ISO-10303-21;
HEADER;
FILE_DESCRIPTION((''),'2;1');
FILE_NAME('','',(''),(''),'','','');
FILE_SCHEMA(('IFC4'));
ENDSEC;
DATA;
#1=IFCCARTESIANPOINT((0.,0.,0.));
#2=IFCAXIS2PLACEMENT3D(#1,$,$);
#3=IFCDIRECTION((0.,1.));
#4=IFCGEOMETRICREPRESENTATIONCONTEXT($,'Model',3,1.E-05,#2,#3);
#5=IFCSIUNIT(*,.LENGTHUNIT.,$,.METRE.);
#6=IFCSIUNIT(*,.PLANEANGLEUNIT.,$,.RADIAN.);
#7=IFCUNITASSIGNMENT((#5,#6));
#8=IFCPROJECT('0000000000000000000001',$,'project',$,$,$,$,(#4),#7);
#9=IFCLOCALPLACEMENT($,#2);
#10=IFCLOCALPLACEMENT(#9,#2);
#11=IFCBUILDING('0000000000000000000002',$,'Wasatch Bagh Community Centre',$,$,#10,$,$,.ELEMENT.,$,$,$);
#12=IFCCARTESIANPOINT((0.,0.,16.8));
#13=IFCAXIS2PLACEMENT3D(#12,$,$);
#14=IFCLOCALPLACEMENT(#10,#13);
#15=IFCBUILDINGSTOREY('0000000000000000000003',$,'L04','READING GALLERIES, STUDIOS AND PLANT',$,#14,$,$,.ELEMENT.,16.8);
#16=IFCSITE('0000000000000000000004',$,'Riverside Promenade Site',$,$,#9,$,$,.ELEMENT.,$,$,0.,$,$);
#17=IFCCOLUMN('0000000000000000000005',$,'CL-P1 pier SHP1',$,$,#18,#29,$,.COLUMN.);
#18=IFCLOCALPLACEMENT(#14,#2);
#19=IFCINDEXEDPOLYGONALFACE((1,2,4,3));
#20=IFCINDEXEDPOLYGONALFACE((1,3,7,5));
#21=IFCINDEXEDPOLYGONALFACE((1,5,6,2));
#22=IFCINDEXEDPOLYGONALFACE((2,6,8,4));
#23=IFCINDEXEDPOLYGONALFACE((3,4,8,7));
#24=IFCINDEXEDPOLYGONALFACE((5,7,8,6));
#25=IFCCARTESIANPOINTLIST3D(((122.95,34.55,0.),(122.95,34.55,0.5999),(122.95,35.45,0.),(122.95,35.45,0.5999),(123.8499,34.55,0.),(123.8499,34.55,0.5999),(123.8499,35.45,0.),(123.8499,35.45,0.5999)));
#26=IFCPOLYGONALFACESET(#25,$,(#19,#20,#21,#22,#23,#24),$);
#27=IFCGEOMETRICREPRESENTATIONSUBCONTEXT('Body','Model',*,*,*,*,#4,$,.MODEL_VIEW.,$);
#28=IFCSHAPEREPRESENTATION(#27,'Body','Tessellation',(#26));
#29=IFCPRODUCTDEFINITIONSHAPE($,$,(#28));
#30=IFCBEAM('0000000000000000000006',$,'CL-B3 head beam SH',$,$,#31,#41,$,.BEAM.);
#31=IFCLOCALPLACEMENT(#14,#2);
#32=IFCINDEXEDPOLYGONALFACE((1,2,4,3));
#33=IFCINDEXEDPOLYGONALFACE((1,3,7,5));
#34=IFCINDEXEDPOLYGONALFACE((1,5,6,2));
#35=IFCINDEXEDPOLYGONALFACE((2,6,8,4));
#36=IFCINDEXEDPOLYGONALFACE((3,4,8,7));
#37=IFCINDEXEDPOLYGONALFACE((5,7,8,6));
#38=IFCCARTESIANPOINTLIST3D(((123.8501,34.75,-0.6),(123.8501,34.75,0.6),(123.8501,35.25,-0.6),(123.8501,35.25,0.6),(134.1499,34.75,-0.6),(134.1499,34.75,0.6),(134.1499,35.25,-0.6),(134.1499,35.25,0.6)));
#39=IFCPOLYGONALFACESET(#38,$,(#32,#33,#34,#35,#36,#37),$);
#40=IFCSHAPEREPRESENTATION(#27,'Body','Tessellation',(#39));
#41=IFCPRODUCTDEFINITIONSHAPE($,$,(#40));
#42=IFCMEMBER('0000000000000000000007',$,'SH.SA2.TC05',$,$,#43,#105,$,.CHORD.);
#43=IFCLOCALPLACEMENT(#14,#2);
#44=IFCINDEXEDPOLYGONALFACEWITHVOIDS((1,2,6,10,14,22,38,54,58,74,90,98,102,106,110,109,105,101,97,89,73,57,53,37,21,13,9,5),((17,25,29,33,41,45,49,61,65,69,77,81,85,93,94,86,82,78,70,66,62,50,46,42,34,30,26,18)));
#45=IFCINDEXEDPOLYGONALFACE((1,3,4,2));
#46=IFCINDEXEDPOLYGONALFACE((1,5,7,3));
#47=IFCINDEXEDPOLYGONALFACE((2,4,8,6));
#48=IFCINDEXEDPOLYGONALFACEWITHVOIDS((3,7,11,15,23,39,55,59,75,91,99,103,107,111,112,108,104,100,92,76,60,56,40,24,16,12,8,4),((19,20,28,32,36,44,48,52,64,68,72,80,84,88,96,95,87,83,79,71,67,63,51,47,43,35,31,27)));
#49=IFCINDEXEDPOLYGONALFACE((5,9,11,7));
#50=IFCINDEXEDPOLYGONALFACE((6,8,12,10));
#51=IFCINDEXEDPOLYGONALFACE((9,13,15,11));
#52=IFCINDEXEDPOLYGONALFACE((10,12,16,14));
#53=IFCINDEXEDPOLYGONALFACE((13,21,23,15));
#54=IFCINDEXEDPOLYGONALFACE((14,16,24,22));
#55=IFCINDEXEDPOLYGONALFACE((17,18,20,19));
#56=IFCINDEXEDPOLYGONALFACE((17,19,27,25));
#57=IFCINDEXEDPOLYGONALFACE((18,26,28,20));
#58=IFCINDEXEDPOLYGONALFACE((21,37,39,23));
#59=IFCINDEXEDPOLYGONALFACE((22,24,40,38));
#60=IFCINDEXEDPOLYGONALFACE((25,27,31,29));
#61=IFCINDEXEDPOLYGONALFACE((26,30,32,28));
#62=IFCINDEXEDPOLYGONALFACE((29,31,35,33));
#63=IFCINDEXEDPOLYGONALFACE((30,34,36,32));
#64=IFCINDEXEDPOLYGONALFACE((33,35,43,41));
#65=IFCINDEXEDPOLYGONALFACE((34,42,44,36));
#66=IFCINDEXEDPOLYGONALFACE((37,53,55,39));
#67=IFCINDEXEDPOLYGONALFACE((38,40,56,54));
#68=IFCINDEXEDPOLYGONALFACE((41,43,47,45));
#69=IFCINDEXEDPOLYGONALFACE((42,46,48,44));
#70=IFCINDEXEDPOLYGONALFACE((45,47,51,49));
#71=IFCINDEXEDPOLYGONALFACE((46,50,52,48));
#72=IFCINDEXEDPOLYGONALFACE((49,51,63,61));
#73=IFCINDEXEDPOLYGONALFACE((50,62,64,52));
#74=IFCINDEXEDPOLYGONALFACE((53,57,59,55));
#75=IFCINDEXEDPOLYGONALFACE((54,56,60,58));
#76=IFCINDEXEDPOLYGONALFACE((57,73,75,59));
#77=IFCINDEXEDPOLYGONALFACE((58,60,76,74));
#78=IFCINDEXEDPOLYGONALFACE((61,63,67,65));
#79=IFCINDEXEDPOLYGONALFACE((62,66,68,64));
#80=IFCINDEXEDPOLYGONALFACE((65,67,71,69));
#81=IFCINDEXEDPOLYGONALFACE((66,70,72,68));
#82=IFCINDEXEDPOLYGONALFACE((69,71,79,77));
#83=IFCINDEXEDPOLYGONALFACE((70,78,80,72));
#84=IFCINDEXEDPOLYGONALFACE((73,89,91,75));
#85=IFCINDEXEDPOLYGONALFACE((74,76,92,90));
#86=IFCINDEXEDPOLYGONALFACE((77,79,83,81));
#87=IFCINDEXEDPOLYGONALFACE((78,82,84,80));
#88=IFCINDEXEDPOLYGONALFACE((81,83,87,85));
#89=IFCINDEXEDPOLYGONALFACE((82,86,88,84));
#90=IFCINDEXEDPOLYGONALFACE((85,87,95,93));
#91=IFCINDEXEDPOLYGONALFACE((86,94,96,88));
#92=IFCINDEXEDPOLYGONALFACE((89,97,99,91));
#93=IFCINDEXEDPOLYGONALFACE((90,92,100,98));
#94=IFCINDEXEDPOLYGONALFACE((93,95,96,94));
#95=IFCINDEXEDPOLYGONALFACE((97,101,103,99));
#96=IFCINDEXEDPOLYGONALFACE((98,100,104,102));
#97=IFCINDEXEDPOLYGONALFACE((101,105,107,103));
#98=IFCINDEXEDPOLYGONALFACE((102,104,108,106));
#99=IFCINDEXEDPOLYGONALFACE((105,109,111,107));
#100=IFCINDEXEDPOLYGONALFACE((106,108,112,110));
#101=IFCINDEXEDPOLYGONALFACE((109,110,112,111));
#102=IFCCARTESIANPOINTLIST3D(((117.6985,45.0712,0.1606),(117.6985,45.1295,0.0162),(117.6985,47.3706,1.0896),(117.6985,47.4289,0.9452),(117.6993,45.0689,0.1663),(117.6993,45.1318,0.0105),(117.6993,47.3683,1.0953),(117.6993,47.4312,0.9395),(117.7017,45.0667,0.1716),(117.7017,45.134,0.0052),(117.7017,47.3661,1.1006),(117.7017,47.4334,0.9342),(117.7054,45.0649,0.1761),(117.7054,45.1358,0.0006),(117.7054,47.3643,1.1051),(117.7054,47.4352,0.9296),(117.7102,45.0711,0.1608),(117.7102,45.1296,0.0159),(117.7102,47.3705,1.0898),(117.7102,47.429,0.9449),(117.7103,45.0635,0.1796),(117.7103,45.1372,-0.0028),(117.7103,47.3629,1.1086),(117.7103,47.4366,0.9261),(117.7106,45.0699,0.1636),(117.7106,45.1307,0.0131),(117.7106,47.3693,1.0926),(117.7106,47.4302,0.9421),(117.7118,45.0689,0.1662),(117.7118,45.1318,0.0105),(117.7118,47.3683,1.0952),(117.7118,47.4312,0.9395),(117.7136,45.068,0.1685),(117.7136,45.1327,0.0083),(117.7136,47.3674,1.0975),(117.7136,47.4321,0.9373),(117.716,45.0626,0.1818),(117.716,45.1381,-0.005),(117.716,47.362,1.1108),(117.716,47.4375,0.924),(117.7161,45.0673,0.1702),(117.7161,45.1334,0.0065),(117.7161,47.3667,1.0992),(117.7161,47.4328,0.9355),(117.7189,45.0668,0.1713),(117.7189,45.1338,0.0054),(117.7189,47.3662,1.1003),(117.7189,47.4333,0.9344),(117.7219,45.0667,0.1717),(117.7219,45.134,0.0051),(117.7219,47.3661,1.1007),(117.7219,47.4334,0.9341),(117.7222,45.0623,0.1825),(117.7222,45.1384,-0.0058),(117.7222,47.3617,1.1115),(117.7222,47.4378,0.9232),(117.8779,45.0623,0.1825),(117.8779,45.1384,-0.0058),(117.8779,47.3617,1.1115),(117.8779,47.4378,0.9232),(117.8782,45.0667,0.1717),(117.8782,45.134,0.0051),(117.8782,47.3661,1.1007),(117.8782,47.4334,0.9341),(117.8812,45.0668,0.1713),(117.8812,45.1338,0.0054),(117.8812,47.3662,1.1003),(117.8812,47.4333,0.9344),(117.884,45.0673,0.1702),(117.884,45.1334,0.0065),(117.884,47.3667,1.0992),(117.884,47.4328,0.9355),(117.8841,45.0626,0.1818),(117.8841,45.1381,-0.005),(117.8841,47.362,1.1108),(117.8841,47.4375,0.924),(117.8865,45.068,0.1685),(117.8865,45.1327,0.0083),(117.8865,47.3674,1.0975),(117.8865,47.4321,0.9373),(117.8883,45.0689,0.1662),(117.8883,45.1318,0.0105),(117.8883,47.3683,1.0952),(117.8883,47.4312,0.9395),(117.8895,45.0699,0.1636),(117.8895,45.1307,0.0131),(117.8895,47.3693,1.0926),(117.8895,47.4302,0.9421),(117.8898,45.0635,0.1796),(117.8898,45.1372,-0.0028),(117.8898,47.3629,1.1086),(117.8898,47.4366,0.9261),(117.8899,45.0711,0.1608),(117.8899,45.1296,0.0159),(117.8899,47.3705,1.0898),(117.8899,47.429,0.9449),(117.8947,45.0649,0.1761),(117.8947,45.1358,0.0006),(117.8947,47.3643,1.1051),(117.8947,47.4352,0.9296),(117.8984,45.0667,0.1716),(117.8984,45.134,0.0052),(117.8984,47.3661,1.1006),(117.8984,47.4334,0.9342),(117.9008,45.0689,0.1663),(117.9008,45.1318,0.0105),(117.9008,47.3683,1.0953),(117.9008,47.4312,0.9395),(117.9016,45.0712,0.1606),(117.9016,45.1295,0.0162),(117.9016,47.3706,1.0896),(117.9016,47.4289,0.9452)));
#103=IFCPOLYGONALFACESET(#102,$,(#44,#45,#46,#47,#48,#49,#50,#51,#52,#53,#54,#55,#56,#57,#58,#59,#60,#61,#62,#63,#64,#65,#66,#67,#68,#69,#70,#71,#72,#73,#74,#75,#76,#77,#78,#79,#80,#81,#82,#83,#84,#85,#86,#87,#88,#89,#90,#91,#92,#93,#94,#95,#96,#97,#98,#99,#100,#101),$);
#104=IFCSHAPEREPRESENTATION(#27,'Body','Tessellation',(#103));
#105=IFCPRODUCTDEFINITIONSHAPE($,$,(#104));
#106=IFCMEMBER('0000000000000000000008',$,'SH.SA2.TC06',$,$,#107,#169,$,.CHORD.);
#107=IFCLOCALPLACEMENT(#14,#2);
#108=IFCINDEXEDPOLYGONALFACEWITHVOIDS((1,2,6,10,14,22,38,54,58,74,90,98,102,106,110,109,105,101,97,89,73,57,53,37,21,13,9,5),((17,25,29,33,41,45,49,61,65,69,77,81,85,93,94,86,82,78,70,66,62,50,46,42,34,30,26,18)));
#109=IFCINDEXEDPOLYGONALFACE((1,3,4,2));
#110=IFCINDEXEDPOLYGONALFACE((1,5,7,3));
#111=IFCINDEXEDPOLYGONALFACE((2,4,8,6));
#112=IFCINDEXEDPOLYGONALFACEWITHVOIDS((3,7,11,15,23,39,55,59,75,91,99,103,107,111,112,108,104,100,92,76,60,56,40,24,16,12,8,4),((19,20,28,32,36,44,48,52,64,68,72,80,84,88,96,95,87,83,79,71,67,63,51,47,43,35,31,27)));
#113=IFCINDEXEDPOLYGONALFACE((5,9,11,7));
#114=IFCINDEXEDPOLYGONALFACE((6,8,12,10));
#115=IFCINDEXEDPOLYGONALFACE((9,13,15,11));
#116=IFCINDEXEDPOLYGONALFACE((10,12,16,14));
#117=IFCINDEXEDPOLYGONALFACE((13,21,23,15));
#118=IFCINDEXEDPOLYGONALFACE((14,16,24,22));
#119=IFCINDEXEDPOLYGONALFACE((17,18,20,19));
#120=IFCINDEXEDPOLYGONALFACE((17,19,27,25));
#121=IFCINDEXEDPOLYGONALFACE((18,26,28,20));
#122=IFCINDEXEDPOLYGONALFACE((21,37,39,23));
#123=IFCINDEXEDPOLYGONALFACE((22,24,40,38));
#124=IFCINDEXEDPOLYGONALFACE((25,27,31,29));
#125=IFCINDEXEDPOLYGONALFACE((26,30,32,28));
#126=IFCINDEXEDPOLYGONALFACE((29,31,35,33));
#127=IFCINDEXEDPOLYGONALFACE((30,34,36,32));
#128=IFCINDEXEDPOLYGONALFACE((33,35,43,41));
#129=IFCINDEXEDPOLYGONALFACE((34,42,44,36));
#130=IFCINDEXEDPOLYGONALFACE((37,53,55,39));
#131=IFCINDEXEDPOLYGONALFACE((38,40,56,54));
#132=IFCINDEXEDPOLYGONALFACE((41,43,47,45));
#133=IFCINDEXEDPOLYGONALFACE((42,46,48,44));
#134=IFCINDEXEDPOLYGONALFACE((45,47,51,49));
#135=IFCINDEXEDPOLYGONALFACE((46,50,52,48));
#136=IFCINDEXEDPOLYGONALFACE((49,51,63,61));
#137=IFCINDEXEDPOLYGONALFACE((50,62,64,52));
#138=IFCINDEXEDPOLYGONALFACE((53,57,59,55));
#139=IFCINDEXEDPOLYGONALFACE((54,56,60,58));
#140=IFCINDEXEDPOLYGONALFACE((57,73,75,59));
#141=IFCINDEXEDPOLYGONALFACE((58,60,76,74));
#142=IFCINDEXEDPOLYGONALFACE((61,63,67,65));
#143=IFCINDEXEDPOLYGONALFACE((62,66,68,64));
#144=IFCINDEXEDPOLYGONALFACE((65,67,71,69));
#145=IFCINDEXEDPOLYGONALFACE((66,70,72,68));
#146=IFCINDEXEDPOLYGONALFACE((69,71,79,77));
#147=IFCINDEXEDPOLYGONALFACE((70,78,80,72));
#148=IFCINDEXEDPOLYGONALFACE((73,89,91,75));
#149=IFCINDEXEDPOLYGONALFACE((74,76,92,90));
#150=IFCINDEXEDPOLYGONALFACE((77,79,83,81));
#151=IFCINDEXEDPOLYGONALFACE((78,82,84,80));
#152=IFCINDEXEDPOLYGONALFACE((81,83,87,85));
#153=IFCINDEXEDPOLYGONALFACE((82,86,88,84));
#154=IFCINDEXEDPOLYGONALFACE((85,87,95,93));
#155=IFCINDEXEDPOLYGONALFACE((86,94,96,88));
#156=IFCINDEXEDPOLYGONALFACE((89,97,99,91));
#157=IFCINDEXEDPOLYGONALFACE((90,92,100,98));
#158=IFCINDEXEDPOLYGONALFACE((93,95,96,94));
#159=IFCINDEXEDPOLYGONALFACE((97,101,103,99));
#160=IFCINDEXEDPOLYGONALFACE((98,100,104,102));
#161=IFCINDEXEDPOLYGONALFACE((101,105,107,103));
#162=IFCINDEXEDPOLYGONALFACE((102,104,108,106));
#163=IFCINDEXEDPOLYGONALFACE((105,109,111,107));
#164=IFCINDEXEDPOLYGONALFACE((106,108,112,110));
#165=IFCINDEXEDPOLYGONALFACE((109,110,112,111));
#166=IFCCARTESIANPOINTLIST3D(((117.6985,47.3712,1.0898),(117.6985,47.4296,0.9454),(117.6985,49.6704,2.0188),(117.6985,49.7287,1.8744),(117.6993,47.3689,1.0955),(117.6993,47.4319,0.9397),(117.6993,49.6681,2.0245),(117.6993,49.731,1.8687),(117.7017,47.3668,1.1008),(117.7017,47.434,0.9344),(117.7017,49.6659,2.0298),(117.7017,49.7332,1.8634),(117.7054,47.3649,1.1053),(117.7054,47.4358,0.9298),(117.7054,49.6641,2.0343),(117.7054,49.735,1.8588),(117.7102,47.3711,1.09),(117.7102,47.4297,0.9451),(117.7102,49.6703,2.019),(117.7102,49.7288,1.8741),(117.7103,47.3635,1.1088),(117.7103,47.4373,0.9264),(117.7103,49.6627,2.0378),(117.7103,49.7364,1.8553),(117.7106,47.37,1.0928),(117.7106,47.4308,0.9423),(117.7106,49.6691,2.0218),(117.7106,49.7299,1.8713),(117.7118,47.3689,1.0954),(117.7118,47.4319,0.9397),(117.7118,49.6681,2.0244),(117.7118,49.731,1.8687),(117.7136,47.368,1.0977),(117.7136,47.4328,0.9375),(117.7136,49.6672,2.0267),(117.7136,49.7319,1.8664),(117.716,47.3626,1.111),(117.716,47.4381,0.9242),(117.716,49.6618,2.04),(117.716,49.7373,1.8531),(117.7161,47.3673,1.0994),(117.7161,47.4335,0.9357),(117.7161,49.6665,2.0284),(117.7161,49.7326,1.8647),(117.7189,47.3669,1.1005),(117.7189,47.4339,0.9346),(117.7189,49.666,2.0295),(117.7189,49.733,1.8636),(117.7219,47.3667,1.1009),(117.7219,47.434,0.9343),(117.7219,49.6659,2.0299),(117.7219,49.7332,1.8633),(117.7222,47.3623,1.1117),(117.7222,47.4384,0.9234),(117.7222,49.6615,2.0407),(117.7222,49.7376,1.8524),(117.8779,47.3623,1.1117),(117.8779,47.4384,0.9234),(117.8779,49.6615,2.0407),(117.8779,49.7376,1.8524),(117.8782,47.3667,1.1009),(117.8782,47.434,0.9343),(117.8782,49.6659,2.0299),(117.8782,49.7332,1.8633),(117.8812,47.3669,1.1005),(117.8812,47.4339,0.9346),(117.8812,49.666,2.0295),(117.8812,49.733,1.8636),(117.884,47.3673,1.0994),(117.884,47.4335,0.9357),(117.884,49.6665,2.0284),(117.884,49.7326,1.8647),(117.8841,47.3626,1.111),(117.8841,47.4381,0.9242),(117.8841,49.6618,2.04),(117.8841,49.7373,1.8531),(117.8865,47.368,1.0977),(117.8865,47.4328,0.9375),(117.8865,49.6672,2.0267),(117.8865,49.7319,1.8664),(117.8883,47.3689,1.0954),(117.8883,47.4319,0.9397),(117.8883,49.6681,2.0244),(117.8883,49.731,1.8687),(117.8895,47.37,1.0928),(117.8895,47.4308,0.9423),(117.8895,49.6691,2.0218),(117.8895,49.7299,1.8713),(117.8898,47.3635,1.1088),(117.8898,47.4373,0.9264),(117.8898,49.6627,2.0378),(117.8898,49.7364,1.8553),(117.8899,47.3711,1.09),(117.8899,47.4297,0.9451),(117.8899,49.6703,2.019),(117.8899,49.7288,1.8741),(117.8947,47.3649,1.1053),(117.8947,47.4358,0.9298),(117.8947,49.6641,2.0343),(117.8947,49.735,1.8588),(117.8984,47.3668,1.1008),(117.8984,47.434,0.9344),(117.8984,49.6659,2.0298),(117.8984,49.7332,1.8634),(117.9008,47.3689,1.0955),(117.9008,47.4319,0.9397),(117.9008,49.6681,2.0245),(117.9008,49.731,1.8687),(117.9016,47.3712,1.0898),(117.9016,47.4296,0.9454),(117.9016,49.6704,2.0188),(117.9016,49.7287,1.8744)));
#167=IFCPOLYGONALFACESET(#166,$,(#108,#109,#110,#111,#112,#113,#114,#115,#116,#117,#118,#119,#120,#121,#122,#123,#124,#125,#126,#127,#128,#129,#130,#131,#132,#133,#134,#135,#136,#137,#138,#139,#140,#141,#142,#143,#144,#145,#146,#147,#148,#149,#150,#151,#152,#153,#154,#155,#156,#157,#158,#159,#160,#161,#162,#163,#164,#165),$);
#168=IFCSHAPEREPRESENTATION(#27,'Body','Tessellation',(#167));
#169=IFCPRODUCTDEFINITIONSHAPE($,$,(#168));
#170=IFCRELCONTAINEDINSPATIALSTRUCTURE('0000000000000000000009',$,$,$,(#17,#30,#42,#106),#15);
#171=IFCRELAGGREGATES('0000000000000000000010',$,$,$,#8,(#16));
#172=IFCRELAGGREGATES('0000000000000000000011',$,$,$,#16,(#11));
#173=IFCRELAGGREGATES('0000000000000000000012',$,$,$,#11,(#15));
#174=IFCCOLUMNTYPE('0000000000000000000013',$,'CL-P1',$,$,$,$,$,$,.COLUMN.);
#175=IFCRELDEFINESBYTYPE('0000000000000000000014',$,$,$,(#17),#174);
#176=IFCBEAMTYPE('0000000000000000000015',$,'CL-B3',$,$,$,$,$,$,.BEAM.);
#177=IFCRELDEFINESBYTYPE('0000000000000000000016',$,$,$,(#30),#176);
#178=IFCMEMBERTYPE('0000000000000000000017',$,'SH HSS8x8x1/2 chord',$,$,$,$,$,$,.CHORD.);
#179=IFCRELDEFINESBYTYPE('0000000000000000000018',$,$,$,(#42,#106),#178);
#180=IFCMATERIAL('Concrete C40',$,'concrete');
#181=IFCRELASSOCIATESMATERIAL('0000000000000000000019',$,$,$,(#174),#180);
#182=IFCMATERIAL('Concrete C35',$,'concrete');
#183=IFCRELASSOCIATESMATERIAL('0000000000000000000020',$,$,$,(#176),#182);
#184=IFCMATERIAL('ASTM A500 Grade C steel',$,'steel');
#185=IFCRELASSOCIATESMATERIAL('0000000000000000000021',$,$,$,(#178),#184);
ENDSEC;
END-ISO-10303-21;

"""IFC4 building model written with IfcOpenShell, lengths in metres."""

from ifc_helpers import new_model, si_unit, direction, frame, origin, origin_2d, place, context, subcontext, project, spatial, rectangle, hollow_rectangle, extrude, material, material_profile, profile_set, type_object, element, save


model = new_model("IFC4")

# Units and contexts
model_context = context("Model", 3, precision=1e-05, world=origin(), true_north=direction((0.0, 1.0)))
body_context = subcontext(model_context, "Body", "Model", "MODEL_VIEW")
ifc_project = project(units=[si_unit("LENGTHUNIT", "METRE"), si_unit("PLANEANGLEUNIT", "RADIAN")], contexts=[model_context])

# Site, building, storey
site_placement = place(None, origin())
site = spatial("IfcSite", under=ifc_project, at=site_placement, Name="Riverside Promenade Site", CompositionType="ELEMENT", RefElevation=0.0)
building_placement = place(site_placement, origin())
building = spatial("IfcBuilding", under=site, at=building_placement, Name="Wasatch Bagh Community Centre", CompositionType="ELEMENT")
storey_placement = place(building_placement, frame((0.0, 0.0, 16.8)))
storey = spatial("IfcBuildingStorey", under=building, at=storey_placement, Name="L04", Description="READING GALLERIES, STUDIOS AND PLANT", CompositionType="ELEMENT", Elevation=16.8)

# Column
ifc_material_1 = material(Name="Concrete C40", Category="concrete")
ifc_material_profile_1 = material_profile(ifc_material_1, rectangle(XDim=0.8999, YDim=0.8999, at=origin_2d()), Name="RC 900x900")
ifc_profile_set_1 = profile_set([ifc_material_profile_1], Name="Concrete C40")
column_type = type_object("IfcColumnType", Name="CL-P1", PredefinedType="COLUMN", material=ifc_profile_set_1)
column_placement = place(storey_placement, frame((123.3999, 35.0, 0.0), z_axis=(0.0, 0.0, 1.0), x_axis=(1.0, 0.0, 0.0)))
element("IfcColumn", 1, at=column_placement, inside=storey, type_object=column_type, Name="CL-P1 pier SHP1", PredefinedType="COLUMN", context=body_context, shape_type="SweptSolid", body=[
    extrude(rectangle(XDim=0.8999, YDim=0.8999, at=origin_2d()), origin(), (0.0, 0.0, 1.0), 0.5999),
])

# Beam
ifc_material_2 = material(Name="Concrete C35", Category="concrete")
ifc_material_profile_2 = material_profile(ifc_material_2, rectangle(XDim=0.5, YDim=1.2, at=origin_2d()), Name="RC 500x1200")
ifc_profile_set_2 = profile_set([ifc_material_profile_2], Name="Concrete C35")
beam_type = type_object("IfcBeamType", Name="CL-B3", PredefinedType="BEAM", material=ifc_profile_set_2)
beam_placement = place(storey_placement, frame((123.8501, 35.0, 0.0), z_axis=(1.0, 0.0, 0.0), x_axis=(0.0, 1.0, 0.0)))
element("IfcBeam", 2, at=beam_placement, inside=storey, type_object=beam_type, Name="CL-B3 head beam SH", PredefinedType="BEAM", context=body_context, shape_type="SweptSolid", body=[
    extrude(rectangle(XDim=0.5, YDim=1.2, at=origin_2d()), origin(), (0.0, 0.0, 1.0), 10.2998),
])

# Members
ifc_material_3 = material(Name="ASTM A500 Grade C steel", Category="steel")
ifc_material_profile_3 = material_profile(ifc_material_3, hollow_rectangle(XDim=0.2031, YDim=0.2031, WallThickness=0.0117, InnerFilletRadius=0.0117, OuterFilletRadius=0.0237, at=origin_2d()), Name="HSS8x8x1/2")
ifc_profile_set_3 = profile_set([ifc_material_profile_3], Name="ASTM A500 Grade C steel")
member_type_1 = type_object("IfcMemberType", Name="SH HSS8x8x1/2 chord", PredefinedType="CHORD", material=ifc_profile_set_3)
member_1_placement = place(storey_placement, frame((117.8, 45.1003, 0.0884), z_axis=(0.0, 0.927188, 0.374597), x_axis=(-1.0, 0.0, 0.0)))
element("IfcMember", 3, at=member_1_placement, inside=storey, type_object=member_type_1, Name="SH.SA2.TC05", PredefinedType="CHORD", context=body_context, shape_type="SweptSolid", body=[
    extrude(hollow_rectangle(XDim=0.2031, YDim=0.2031, WallThickness=0.0117, InnerFilletRadius=0.0117, OuterFilletRadius=0.0237, at=origin_2d()), origin(), (0.0, 0.0, 1.0), 2.48),
])
member_2_placement = place(storey_placement, frame((117.8, 47.4004, 1.0176), z_axis=(0.0, 0.927174, 0.374631), x_axis=(-1.0, 0.0, 0.0)))
element("IfcMember", 4, at=member_2_placement, inside=storey, type_object=member_type_1, Name="SH.SA2.TC06", PredefinedType="CHORD", context=body_context, shape_type="SweptSolid", body=[
    extrude(hollow_rectangle(XDim=0.2031, YDim=0.2031, WallThickness=0.0117, InnerFilletRadius=0.0117, OuterFilletRadius=0.0237, at=origin_2d()), origin(), (0.0, 0.0, 1.0), 2.4797),
])

save(model, "model.ifc")
